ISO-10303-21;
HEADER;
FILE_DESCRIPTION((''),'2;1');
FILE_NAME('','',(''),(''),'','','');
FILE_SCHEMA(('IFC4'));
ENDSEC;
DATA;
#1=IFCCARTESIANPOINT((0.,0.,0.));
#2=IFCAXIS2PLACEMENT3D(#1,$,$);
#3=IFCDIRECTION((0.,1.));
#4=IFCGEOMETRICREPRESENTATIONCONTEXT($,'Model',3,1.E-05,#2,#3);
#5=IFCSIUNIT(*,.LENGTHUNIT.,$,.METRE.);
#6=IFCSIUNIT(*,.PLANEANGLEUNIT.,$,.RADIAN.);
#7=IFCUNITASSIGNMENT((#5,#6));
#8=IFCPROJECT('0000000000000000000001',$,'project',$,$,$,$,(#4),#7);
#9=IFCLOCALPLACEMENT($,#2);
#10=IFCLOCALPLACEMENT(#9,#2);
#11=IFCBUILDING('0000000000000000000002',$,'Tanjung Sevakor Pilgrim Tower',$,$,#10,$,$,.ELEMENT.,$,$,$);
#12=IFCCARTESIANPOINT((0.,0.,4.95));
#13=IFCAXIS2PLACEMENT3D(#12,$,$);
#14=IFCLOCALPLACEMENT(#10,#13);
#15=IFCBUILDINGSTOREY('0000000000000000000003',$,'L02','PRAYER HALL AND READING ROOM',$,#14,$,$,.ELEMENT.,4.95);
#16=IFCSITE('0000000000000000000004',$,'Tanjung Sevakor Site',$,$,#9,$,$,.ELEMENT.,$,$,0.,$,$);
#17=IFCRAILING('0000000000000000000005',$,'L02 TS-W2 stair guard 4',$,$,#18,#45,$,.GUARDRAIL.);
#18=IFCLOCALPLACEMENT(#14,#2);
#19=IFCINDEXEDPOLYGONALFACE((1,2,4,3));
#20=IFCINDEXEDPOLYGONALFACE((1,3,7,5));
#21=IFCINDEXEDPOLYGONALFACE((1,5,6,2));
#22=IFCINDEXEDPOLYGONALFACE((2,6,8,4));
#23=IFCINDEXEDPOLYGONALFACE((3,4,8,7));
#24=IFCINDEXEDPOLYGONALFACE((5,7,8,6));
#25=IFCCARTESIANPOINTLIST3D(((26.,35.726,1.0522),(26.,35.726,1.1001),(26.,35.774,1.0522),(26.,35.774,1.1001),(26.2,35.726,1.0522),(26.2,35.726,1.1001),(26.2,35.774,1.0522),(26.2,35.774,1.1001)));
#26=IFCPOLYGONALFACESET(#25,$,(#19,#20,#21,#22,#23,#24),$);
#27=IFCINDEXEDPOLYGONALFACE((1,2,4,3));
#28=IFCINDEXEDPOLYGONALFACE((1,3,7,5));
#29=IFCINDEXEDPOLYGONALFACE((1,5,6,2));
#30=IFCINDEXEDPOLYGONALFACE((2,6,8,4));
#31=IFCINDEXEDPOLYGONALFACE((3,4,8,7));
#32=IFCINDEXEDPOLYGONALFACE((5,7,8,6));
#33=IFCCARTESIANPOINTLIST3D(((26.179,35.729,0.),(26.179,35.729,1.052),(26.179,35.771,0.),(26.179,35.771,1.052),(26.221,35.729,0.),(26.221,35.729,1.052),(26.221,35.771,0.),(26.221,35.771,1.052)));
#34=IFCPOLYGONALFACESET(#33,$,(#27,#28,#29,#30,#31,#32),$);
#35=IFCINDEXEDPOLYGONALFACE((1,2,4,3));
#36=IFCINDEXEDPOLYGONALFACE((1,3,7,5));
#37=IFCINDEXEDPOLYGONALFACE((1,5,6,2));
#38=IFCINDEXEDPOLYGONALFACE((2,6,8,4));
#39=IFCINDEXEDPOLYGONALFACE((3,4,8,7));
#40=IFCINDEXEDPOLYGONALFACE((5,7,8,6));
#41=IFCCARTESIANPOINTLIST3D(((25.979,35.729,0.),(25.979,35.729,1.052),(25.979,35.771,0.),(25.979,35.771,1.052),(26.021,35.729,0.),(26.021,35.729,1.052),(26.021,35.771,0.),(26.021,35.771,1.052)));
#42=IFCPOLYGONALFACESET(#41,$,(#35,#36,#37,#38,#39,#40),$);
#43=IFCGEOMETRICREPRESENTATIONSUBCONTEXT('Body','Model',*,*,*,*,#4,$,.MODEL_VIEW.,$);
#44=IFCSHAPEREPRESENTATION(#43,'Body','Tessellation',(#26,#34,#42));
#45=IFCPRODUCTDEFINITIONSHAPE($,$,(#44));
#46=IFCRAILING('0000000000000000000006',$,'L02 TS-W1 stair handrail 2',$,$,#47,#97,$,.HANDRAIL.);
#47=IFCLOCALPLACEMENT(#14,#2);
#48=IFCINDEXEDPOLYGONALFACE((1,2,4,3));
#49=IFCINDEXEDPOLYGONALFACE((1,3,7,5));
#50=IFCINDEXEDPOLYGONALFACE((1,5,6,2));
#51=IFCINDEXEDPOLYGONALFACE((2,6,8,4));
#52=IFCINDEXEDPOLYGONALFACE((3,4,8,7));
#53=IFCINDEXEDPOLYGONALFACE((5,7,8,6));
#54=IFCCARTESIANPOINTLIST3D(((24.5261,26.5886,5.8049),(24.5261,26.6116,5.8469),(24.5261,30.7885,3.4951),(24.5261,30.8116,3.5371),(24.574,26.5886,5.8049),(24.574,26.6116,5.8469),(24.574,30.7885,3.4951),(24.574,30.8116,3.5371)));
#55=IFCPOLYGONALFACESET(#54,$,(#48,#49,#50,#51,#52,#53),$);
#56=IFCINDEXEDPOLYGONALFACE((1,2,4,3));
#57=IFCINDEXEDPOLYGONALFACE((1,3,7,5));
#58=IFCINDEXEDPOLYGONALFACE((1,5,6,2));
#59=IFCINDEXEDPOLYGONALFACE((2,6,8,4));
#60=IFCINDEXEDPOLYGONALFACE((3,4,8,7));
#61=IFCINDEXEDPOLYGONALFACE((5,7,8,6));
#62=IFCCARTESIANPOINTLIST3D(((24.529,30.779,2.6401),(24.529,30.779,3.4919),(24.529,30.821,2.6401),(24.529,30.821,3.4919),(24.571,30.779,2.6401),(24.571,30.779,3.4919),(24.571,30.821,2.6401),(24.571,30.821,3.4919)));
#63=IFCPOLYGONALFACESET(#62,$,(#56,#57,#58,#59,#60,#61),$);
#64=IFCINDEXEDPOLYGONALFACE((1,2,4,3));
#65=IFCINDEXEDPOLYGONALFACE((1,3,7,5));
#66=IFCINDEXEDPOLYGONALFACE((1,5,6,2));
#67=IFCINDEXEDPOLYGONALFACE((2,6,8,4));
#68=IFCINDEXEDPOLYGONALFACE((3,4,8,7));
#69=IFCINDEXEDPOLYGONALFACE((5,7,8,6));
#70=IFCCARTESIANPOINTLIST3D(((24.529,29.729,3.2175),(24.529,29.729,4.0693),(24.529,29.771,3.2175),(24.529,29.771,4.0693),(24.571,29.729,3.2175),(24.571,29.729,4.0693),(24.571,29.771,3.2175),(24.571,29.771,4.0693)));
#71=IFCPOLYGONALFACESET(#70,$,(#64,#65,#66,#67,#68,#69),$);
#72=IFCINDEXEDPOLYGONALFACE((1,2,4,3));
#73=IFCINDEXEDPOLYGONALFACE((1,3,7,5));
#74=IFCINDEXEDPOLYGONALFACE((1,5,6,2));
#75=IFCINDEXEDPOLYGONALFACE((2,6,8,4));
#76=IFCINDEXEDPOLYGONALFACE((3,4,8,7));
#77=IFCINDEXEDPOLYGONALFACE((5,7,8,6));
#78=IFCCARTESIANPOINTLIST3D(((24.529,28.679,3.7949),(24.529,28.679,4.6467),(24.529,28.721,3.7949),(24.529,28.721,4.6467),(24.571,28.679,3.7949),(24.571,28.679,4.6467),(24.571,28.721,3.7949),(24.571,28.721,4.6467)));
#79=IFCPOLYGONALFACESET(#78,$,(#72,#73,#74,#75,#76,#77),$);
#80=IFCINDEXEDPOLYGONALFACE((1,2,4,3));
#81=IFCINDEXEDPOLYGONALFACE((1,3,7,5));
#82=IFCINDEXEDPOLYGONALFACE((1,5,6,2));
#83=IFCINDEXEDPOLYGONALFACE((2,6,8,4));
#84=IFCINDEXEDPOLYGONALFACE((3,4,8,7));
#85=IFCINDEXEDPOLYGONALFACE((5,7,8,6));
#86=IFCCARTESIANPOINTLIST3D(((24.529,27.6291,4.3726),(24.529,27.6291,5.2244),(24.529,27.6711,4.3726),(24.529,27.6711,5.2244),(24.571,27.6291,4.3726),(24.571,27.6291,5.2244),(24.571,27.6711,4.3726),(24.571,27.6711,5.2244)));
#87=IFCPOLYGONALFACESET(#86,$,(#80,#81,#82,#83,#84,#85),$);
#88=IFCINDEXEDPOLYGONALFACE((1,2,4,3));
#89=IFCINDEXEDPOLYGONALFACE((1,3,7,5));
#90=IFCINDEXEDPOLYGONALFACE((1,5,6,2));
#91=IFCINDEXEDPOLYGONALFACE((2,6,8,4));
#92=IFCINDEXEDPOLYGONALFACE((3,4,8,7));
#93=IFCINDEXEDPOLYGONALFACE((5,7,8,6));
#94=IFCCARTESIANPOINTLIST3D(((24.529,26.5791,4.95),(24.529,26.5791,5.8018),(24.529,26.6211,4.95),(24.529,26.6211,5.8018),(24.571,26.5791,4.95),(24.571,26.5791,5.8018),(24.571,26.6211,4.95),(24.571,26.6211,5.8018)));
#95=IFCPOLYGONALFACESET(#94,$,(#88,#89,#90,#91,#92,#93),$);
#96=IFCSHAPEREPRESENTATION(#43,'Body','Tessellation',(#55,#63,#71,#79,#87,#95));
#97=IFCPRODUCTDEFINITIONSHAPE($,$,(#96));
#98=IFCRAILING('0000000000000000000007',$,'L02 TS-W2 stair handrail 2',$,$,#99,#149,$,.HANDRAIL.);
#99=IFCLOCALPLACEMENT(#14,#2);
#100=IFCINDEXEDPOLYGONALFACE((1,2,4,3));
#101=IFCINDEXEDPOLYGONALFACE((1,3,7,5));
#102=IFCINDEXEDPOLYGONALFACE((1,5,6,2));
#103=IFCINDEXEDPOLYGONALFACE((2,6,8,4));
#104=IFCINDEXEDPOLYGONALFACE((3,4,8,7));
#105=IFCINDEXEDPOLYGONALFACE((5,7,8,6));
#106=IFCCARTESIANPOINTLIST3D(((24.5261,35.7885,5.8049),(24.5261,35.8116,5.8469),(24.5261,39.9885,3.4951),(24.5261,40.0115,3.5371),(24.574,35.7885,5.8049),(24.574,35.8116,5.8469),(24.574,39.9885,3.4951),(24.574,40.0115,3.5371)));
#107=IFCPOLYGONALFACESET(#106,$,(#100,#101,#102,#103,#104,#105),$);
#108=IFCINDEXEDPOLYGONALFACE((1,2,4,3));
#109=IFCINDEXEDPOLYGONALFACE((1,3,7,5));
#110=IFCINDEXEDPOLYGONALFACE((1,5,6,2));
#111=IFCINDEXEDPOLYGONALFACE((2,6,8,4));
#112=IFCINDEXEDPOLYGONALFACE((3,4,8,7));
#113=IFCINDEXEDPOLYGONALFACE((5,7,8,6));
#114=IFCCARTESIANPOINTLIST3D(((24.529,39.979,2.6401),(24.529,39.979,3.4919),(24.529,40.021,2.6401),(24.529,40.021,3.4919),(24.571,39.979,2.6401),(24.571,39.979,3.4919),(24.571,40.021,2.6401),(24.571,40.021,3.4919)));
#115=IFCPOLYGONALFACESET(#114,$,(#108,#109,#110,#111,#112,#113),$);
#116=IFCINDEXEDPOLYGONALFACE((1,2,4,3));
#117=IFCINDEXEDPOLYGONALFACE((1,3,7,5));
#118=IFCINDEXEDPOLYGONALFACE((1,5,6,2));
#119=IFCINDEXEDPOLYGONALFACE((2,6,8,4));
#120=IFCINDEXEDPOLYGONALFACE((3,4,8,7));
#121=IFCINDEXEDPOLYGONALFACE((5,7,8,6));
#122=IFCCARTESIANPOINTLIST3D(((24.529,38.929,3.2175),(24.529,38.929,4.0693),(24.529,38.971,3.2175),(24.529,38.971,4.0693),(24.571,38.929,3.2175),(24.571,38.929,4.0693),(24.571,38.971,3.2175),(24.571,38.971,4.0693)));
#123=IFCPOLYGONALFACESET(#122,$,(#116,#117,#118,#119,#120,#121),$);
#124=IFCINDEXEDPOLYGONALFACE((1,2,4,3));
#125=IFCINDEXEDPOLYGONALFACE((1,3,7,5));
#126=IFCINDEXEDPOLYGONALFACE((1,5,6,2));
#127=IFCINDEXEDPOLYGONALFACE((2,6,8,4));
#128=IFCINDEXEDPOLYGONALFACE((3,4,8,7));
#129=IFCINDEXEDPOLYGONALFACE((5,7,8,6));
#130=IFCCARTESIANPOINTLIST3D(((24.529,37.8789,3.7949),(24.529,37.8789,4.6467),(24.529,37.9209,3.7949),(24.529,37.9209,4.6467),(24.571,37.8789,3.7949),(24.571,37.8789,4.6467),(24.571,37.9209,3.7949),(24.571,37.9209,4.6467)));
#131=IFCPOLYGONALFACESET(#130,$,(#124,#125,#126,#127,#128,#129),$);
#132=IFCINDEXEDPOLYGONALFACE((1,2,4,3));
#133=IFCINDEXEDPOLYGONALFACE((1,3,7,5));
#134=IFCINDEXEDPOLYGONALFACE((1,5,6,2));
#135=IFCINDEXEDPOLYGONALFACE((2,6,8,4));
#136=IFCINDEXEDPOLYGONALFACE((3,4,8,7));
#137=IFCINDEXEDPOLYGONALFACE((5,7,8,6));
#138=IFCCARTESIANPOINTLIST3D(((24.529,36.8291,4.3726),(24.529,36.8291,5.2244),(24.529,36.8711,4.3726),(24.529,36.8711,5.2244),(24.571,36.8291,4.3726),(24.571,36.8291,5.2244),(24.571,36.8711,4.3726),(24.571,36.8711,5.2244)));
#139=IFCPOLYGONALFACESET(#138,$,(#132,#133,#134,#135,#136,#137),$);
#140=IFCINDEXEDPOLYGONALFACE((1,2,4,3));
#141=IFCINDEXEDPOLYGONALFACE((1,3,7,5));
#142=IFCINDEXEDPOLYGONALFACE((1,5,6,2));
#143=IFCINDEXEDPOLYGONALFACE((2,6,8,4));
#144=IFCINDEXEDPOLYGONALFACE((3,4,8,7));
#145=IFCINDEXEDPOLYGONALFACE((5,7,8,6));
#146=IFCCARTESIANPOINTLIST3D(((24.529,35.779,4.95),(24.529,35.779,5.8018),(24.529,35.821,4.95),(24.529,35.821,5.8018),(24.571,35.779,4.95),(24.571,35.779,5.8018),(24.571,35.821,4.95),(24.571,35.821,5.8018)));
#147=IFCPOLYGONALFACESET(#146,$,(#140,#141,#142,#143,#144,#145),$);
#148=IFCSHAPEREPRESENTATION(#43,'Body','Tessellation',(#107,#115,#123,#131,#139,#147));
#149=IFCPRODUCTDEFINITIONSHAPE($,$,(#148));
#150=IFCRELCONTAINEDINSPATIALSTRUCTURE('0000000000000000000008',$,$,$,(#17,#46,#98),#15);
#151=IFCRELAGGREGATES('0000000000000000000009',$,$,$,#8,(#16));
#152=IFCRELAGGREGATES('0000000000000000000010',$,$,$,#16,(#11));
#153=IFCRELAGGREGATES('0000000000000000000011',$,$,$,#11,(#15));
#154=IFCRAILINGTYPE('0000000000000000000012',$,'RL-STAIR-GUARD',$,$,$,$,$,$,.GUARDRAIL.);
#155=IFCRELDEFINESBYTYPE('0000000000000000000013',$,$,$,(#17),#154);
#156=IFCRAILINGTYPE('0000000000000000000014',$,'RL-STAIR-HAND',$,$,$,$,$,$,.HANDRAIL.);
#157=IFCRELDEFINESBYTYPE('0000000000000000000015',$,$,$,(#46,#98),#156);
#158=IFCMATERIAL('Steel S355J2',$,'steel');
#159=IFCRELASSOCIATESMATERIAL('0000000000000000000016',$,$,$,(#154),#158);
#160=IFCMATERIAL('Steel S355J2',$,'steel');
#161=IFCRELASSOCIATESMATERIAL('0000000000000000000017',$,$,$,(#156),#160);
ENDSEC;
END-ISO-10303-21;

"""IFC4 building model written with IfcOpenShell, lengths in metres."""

from ifc_helpers import new_model, si_unit, direction, frame, origin, place, context, subcontext, project, spatial, rectangle, extrude, material, type_object, element, save


model = new_model("IFC4")

# Units and contexts
model_context = context("Model", 3, precision=1e-05, world=origin(), true_north=direction((0.0, 1.0)))
body_context = subcontext(model_context, "Body", "Model", "MODEL_VIEW")
ifc_project = project(units=[si_unit("LENGTHUNIT", "METRE"), si_unit("PLANEANGLEUNIT", "RADIAN")], contexts=[model_context])

# Site, building, storey
site_placement = place(None, origin())
site = spatial("IfcSite", under=ifc_project, at=site_placement, Name="Tanjung Sevakor Site", CompositionType="ELEMENT", RefElevation=0.0)
building_placement = place(site_placement, origin())
building = spatial("IfcBuilding", under=site, at=building_placement, Name="Tanjung Sevakor Pilgrim Tower", CompositionType="ELEMENT")
storey_placement = place(building_placement, frame((0.0, 0.0, 4.95)))
storey = spatial("IfcBuildingStorey", under=building, at=storey_placement, Name="L02", Description="PRAYER HALL AND READING ROOM", CompositionType="ELEMENT", Elevation=4.95)

# Railings
ifc_material_1 = material(Name="Steel S355J2", Category="steel")
railing_type_1 = type_object("IfcRailingType", Name="RL-STAIR-GUARD", PredefinedType="GUARDRAIL", material=ifc_material_1)
railing_1_placement = place(storey_placement, frame((26.2, 35.75, 0.0)))
element("IfcRailing", 1, at=railing_1_placement, inside=storey, type_object=railing_type_1, Name="L02 TS-W2 stair guard 4", PredefinedType="GUARDRAIL", context=body_context, shape_type="SweptSolid", body=[
    extrude(rectangle(XDim=0.0479, YDim=0.0479), frame((0.0, 0.0, 1.0762), z_axis=(-1.0, 0.0, 0.0), x_axis=(0.0, -1.0, 0.0)), (0.0, 0.0, 1.0), 0.2),
    extrude(rectangle(XDim=0.042, YDim=0.042), origin(), (0.0, 0.0, 1.0), 1.052),
    extrude(rectangle(XDim=0.042, YDim=0.042), frame((-0.2, 0.0, 0.0)), (0.0, 0.0, 1.0), 1.052),
])
ifc_material_2 = material(Name="Steel S355J2", Category="steel")
railing_type_2 = type_object("IfcRailingType", Name="RL-STAIR-HAND", PredefinedType="HANDRAIL", material=ifc_material_2)
for number, where, name in (
    (2, (24.55, 30.8, 2.6401), "L02 TS-W1 stair handrail 2"),
    (3, (24.55, 40.0, 2.6401), "L02 TS-W2 stair handrail 2"),
):
    element("IfcRailing", number, at=place(storey_placement, frame(where)), inside=storey, type_object=railing_type_2, Name=name, PredefinedType="HANDRAIL", context=body_context, shape_type="SweptSolid", body=[
        extrude(rectangle(XDim=0.0479, YDim=0.0479), frame((0.0, 0.0, 0.876), z_axis=(0.0, -0.87623, 0.481893), x_axis=(1.0, 0.0, 0.0)), (0.0, 0.0, 1.0), 4.7932),
        extrude(rectangle(XDim=0.042, YDim=0.042), origin(), (0.0, 0.0, 1.0), 0.8518),
        extrude(rectangle(XDim=0.042, YDim=0.042), frame((0.0, -1.05, 0.5774)), (0.0, 0.0, 1.0), 0.8518),
        extrude(rectangle(XDim=0.042, YDim=0.042), frame((0.0, -2.1001, 1.1548)), (0.0, 0.0, 1.0), 0.8518),
        extrude(rectangle(XDim=0.042, YDim=0.042), frame((0.0, -3.1499, 1.7324)), (0.0, 0.0, 1.0), 0.8518),
        extrude(rectangle(XDim=0.042, YDim=0.042), frame((0.0, -4.2, 2.3098)), (0.0, 0.0, 1.0), 0.8518),
    ])

save(model, "model.ifc")
